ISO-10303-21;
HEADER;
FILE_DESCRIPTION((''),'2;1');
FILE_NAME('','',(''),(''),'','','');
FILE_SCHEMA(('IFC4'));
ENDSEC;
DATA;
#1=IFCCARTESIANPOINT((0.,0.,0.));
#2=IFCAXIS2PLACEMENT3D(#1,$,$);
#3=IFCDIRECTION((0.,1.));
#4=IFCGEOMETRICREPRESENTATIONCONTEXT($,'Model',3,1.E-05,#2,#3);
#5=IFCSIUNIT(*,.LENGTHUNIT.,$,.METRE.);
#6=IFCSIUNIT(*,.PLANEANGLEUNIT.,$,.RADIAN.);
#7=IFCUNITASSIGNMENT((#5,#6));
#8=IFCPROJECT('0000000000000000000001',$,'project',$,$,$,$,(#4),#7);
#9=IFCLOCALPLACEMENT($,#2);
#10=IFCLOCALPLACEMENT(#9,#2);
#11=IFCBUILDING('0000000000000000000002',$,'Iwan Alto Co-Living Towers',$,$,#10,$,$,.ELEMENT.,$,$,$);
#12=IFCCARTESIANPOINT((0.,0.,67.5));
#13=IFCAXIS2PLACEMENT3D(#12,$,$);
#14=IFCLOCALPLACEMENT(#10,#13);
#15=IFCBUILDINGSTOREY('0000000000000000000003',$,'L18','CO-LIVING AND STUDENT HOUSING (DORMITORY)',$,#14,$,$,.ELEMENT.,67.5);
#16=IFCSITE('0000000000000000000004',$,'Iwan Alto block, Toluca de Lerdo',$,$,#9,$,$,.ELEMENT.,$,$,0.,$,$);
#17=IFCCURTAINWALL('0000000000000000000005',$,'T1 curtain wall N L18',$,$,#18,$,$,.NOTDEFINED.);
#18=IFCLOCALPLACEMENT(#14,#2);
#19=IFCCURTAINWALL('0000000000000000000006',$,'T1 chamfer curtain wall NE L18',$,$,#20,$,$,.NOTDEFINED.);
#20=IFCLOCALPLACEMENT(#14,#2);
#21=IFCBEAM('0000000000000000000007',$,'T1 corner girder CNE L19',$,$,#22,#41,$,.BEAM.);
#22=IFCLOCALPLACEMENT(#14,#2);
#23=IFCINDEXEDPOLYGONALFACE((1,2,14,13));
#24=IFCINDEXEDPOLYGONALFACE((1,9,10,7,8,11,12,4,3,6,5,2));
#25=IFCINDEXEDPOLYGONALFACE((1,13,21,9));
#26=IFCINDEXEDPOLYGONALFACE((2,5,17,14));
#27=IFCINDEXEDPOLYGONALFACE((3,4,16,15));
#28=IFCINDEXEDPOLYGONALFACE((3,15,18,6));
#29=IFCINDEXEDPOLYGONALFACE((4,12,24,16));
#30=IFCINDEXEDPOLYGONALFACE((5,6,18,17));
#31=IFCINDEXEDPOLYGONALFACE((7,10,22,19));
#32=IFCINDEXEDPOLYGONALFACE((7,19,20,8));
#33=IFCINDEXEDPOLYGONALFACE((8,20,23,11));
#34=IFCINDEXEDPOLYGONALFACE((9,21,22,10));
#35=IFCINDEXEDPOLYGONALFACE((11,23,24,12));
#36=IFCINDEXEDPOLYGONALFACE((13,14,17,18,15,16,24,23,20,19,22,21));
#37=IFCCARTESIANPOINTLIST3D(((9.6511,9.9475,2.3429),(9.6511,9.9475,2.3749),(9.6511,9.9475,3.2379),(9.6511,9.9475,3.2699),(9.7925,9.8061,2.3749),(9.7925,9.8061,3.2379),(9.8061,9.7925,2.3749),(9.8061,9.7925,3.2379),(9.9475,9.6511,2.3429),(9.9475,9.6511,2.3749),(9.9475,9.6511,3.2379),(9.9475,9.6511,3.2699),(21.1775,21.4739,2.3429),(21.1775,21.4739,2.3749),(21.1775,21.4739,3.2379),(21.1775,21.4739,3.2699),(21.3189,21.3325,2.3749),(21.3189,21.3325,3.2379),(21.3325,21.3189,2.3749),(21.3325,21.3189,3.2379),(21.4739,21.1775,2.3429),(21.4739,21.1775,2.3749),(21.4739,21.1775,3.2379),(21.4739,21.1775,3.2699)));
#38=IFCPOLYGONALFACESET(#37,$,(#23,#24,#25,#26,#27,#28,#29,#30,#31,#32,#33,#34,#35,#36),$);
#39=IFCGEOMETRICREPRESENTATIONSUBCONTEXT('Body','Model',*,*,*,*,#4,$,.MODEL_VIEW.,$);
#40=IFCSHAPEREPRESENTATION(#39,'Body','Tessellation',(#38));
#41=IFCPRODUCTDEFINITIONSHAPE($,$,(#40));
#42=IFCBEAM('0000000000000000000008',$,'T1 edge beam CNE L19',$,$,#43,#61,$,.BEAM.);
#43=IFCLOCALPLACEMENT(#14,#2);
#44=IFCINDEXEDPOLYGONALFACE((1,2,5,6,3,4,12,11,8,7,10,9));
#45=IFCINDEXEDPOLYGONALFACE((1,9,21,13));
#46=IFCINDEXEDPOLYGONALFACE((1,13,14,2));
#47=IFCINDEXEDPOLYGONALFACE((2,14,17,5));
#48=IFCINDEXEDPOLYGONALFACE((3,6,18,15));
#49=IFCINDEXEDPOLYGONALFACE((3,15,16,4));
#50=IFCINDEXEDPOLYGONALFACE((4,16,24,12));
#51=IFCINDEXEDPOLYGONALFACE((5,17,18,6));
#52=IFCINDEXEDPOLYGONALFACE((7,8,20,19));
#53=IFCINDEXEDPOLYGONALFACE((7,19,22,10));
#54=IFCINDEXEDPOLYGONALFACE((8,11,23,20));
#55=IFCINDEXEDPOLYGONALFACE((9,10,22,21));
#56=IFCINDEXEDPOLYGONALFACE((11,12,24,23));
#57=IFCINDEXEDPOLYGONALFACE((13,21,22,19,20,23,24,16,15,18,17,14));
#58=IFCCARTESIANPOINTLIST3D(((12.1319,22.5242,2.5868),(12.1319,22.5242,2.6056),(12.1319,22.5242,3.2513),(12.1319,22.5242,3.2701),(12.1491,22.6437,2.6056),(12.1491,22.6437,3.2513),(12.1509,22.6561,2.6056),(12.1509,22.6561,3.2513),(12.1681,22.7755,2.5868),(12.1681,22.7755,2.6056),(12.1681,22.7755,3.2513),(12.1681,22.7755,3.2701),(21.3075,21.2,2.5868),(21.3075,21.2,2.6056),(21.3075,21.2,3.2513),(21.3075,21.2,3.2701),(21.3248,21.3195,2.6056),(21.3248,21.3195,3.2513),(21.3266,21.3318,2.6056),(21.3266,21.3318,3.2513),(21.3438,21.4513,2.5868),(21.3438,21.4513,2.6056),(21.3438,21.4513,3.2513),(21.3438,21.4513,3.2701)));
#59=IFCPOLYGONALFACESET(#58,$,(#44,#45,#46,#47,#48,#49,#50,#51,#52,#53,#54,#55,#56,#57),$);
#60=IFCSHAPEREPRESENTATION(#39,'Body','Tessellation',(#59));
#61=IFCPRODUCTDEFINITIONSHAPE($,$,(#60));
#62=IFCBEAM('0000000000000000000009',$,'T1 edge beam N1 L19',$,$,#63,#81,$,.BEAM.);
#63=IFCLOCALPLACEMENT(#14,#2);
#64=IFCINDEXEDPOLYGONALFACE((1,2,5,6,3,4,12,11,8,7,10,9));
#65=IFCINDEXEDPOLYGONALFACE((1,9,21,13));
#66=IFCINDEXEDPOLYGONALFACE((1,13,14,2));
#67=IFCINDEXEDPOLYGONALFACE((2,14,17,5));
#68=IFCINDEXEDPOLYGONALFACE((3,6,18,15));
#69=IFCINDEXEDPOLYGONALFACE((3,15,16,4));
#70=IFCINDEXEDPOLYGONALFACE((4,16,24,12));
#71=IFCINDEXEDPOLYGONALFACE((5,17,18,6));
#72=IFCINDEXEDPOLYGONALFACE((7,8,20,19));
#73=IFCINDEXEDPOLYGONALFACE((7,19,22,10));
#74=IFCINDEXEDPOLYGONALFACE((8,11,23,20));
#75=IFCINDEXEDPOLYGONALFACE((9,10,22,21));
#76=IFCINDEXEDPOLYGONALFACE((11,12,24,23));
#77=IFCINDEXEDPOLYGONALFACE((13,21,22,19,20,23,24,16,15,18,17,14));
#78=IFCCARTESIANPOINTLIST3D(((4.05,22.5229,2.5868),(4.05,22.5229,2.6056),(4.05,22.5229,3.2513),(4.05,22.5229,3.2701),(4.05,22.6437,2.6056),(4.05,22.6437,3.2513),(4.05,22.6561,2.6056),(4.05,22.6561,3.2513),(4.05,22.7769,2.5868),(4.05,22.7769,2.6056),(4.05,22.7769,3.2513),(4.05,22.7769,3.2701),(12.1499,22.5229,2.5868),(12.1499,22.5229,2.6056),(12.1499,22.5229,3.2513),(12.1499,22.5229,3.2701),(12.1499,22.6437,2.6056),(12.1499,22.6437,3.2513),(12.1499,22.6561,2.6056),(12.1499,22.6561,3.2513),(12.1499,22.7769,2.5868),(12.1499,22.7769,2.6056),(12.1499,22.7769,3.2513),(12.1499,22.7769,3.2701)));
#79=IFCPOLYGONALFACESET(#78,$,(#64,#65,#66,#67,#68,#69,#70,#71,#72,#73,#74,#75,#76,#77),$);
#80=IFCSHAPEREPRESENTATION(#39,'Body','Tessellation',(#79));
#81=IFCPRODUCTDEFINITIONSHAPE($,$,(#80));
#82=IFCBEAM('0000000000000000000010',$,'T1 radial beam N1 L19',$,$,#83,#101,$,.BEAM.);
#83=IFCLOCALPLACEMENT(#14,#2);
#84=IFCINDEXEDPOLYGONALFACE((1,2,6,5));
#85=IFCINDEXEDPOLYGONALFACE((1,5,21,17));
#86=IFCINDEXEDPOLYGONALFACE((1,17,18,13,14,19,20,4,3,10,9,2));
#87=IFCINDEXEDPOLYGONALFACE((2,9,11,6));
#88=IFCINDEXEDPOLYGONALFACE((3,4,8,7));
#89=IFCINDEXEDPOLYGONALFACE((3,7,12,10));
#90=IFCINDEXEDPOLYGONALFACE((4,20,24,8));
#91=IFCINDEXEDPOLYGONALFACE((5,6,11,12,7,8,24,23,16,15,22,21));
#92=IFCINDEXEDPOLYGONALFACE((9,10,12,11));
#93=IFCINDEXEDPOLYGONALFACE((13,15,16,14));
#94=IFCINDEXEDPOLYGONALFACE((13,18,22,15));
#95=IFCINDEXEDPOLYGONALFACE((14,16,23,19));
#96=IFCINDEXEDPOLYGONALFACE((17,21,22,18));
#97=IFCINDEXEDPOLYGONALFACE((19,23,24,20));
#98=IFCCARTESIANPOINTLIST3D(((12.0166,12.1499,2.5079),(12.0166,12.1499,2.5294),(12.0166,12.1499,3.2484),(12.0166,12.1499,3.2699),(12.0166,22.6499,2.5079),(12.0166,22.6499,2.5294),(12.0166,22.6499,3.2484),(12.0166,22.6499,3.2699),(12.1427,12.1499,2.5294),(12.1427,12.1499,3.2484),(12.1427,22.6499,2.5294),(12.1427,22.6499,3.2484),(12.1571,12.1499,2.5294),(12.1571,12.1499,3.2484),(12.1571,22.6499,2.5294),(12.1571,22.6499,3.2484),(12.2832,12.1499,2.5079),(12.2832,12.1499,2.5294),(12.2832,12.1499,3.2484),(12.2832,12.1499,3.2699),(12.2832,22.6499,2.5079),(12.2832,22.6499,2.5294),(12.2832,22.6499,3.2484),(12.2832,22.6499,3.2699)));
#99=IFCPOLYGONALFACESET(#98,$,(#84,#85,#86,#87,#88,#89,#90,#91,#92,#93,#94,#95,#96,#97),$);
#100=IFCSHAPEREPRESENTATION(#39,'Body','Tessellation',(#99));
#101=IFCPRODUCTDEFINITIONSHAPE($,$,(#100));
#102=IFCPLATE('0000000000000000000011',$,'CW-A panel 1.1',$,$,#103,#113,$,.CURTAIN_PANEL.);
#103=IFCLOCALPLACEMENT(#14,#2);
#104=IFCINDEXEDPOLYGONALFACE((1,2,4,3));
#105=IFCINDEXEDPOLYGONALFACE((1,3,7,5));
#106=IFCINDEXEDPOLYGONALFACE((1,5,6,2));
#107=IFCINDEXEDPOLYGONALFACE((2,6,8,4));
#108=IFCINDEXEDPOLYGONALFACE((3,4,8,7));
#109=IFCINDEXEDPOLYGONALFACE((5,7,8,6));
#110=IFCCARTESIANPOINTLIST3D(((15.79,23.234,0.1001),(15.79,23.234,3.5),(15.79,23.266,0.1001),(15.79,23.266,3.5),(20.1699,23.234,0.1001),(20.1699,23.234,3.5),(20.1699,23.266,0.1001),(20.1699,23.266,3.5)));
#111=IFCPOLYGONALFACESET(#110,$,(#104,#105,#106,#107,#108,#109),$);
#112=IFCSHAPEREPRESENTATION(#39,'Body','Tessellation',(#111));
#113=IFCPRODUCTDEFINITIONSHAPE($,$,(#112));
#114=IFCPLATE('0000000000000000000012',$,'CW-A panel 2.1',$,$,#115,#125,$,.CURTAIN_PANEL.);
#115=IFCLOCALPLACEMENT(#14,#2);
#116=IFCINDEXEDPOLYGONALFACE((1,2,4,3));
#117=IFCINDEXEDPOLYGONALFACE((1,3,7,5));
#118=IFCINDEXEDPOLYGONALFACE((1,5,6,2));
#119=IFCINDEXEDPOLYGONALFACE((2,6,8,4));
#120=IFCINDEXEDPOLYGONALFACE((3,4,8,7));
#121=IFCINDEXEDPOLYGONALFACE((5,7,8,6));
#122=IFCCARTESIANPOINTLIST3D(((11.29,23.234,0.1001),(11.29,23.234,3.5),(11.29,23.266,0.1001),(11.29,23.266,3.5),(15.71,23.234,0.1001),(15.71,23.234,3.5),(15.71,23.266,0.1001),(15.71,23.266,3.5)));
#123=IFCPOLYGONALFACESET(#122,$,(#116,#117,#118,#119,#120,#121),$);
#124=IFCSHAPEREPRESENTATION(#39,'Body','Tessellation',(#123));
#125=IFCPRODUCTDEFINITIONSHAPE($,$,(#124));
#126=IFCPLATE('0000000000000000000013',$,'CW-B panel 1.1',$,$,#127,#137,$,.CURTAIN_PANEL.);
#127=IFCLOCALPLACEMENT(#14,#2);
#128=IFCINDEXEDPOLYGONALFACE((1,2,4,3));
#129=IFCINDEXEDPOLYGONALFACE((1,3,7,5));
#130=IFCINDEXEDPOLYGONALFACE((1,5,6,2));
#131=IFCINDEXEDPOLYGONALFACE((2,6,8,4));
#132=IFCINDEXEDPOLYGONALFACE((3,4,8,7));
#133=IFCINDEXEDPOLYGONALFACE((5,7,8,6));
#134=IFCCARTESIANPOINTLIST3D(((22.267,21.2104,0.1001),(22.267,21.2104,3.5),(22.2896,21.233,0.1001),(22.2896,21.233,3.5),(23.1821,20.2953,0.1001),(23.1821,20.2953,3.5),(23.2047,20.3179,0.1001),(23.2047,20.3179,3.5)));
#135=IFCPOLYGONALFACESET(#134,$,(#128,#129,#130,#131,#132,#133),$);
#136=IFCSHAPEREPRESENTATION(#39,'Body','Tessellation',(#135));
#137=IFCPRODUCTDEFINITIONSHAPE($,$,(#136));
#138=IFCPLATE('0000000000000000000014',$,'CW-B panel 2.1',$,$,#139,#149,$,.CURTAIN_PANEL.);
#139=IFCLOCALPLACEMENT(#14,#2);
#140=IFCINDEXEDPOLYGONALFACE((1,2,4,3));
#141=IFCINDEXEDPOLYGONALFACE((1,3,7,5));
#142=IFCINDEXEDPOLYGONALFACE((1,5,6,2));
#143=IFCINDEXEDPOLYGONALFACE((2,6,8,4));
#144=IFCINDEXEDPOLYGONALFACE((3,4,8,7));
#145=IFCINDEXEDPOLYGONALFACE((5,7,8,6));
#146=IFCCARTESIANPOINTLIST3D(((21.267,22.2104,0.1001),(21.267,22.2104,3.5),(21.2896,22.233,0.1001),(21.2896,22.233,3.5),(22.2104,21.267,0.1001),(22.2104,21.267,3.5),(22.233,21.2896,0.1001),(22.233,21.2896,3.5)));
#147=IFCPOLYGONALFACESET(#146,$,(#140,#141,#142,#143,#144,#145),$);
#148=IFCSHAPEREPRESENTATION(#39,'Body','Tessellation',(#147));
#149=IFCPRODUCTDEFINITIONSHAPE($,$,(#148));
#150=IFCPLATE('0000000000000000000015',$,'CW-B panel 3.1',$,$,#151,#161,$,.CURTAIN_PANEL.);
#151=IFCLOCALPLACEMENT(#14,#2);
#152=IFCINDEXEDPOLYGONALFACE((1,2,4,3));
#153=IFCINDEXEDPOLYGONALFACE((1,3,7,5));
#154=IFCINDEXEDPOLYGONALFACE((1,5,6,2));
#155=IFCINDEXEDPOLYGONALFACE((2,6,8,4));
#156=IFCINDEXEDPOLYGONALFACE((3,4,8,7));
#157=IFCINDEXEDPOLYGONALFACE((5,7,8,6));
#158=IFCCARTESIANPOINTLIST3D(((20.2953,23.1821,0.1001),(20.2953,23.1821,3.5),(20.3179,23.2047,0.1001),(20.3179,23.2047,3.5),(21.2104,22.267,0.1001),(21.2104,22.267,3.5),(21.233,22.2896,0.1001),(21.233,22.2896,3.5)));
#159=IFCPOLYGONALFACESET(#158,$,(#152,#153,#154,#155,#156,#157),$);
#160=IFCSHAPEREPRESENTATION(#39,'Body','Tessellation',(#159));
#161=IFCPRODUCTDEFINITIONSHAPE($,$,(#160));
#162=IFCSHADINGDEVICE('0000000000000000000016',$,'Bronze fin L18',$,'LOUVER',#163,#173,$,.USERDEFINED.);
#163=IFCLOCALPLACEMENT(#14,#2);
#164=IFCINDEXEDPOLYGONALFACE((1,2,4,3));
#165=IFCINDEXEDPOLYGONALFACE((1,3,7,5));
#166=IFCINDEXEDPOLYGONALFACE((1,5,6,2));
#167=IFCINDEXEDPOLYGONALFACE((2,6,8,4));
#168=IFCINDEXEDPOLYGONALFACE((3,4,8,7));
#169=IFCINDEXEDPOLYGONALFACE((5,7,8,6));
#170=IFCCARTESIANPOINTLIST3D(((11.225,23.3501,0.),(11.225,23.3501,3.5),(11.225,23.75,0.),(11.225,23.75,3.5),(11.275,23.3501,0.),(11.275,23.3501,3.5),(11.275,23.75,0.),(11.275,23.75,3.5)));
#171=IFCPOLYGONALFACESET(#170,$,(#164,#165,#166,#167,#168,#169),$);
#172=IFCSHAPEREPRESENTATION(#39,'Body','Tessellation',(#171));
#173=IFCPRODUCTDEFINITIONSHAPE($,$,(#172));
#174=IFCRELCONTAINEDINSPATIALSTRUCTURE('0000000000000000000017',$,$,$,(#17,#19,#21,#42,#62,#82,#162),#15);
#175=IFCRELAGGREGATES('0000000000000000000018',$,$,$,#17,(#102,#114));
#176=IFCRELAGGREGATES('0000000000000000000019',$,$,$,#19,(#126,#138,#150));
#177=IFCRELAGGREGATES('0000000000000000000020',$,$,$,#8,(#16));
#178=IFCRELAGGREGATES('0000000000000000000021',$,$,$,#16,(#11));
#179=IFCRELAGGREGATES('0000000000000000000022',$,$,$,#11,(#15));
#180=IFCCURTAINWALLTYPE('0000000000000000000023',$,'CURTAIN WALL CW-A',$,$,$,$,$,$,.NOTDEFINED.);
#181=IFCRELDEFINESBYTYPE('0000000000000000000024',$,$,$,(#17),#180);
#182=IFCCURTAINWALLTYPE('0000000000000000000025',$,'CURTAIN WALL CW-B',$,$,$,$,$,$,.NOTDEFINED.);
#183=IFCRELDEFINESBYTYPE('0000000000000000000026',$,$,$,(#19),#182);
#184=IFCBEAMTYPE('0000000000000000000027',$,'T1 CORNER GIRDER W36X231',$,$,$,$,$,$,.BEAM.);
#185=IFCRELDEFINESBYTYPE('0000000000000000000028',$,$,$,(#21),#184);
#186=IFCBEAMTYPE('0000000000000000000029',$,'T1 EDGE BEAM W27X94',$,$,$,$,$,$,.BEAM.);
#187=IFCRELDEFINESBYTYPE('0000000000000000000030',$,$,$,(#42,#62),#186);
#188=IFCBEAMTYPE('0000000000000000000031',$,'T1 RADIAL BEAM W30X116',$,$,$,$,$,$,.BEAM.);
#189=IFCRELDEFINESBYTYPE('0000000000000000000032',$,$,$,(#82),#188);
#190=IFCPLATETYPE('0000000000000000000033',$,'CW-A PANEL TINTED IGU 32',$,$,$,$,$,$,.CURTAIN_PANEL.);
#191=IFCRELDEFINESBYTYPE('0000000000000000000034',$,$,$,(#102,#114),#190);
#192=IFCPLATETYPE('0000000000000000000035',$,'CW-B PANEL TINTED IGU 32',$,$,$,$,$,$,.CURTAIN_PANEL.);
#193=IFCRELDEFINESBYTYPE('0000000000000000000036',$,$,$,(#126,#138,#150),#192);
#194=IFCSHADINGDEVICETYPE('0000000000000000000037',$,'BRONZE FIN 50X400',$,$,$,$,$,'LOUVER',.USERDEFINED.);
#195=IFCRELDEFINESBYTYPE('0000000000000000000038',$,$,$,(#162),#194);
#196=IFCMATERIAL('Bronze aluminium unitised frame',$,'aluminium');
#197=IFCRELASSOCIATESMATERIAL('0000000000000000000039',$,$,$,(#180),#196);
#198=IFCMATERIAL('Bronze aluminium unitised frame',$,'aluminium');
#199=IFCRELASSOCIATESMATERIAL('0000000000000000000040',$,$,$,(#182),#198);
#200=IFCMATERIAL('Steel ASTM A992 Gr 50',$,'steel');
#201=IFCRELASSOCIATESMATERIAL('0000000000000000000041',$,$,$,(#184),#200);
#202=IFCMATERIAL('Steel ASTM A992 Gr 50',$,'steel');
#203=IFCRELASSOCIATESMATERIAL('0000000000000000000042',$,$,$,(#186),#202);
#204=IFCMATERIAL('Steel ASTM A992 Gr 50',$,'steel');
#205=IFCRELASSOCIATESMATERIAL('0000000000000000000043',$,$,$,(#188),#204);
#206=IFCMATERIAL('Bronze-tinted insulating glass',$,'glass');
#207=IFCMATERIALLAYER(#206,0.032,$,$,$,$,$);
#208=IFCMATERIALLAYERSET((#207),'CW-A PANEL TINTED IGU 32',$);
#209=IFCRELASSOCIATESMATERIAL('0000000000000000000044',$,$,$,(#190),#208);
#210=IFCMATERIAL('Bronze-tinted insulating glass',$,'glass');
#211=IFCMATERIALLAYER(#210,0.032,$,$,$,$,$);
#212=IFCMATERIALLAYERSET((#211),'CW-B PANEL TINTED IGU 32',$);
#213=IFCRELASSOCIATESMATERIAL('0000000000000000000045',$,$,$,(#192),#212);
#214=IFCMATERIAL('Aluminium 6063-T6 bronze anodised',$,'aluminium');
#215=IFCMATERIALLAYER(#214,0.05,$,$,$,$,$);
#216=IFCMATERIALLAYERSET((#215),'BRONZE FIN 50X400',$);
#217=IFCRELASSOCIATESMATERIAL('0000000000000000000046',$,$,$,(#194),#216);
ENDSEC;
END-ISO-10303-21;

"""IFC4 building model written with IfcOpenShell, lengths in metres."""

from ifc_helpers import new_model, si_unit, direction, frame, origin, origin_2d, place, context, subcontext, project, spatial, rectangle, i_section, extrude, material, layer, layer_set, material_profile, profile_set, type_object, element, aggregate, save


model = new_model("IFC4")

# Units and contexts
model_context = context("Model", 3, precision=1e-05, world=origin(), true_north=direction((0.0, 1.0)))
body_context = subcontext(model_context, "Body", "Model", "MODEL_VIEW")
ifc_project = project(units=[si_unit("LENGTHUNIT", "METRE"), si_unit("PLANEANGLEUNIT", "RADIAN")], contexts=[model_context])

# Site, building, storey
site_placement = place(None, origin())
site = spatial("IfcSite", under=ifc_project, at=site_placement, Name="Iwan Alto block, Toluca de Lerdo", CompositionType="ELEMENT", RefElevation=0.0)
building_placement = place(site_placement, origin())
building = spatial("IfcBuilding", under=site, at=building_placement, Name="Iwan Alto Co-Living Towers", CompositionType="ELEMENT")
storey_placement = place(building_placement, frame((0.0, 0.0, 67.5)))
storey = spatial("IfcBuildingStorey", under=building, at=storey_placement, Name="L18", Description="CO-LIVING AND STUDENT HOUSING (DORMITORY)", CompositionType="ELEMENT", Elevation=67.5)

# Curtain walls
ifc_material_1 = material(Name="Bronze aluminium unitised frame", Category="aluminium")
curtain_wall_type_1 = type_object("IfcCurtainWallType", Name="CURTAIN WALL CW-A", PredefinedType="NOTDEFINED", material=ifc_material_1)
curtain_wall_1_placement = place(storey_placement, origin())
curtain_wall_1 = element("IfcCurtainWall", 1, at=curtain_wall_1_placement, inside=storey, type_object=curtain_wall_type_1, Name="T1 curtain wall N L18", PredefinedType="NOTDEFINED")
ifc_material_2 = material(Name="Bronze aluminium unitised frame", Category="aluminium")
curtain_wall_type_2 = type_object("IfcCurtainWallType", Name="CURTAIN WALL CW-B", PredefinedType="NOTDEFINED", material=ifc_material_2)
curtain_wall_2_placement = place(storey_placement, origin())
curtain_wall_2 = element("IfcCurtainWall", 2, at=curtain_wall_2_placement, inside=storey, type_object=curtain_wall_type_2, Name="T1 chamfer curtain wall NE L18", PredefinedType="NOTDEFINED")

# Beams
ifc_material_3 = material(Name="Steel ASTM A992 Gr 50", Category="steel")
ifc_material_profile_1 = material_profile(ifc_material_3, i_section(OverallWidth=0.4192, OverallDepth=0.927, WebThickness=0.0193, FlangeThickness=0.032, at=origin_2d()), Name="W36X231")
ifc_profile_set_1 = profile_set([ifc_material_profile_1], Name="Steel ASTM A992 Gr 50")
beam_type_1 = type_object("IfcBeamType", Name="T1 CORNER GIRDER W36X231", PredefinedType="BEAM", material=ifc_profile_set_1)
beam_1_placement = place(storey_placement, frame((21.3257, 21.3257, 2.8064), z_axis=(-0.707107, -0.707107, 0.0), x_axis=(0.707107, -0.707107, 0.0)))
element("IfcBeam", 3, at=beam_1_placement, inside=storey, type_object=beam_type_1, Name="T1 corner girder CNE L19", PredefinedType="BEAM", context=body_context, shape_type="SweptSolid", body=[
    extrude(i_section(OverallWidth=0.4192, OverallDepth=0.927, WebThickness=0.0193, FlangeThickness=0.032, at=origin_2d()), origin(), (0.0, 0.0, 1.0), 16.3008),
])
ifc_material_4 = material(Name="Steel ASTM A992 Gr 50", Category="steel")
ifc_material_profile_2 = material_profile(ifc_material_4, i_section(OverallWidth=0.2539, OverallDepth=0.6833, WebThickness=0.0125, FlangeThickness=0.0188, at=origin_2d()), Name="W27X94")
ifc_profile_set_2 = profile_set([ifc_material_profile_2], Name="Steel ASTM A992 Gr 50")
beam_type_2 = type_object("IfcBeamType", Name="T1 EDGE BEAM W27X94", PredefinedType="BEAM", material=ifc_profile_set_2)
beam_2_placement = place(storey_placement, frame((21.3257, 21.3257, 2.9285), z_axis=(-0.989746, 0.142837, 0.0), x_axis=(-0.142837, -0.989746, 0.0)))
element("IfcBeam", 4, at=beam_2_placement, inside=storey, type_object=beam_type_2, Name="T1 edge beam CNE L19", PredefinedType="BEAM", context=body_context, shape_type="SweptSolid", body=[
    extrude(i_section(OverallWidth=0.2539, OverallDepth=0.6833, WebThickness=0.0125, FlangeThickness=0.0188, at=origin_2d()), origin(), (0.0, 0.0, 1.0), 9.2708),
])
beam_3_placement = place(storey_placement, frame((12.1499, 22.6499, 2.9285), z_axis=(-1.0, 0.0, 0.0), x_axis=(0.0, -1.0, 0.0)))
element("IfcBeam", 5, at=beam_3_placement, inside=storey, type_object=beam_type_2, Name="T1 edge beam N1 L19", PredefinedType="BEAM", context=body_context, shape_type="SweptSolid", body=[
    extrude(i_section(OverallWidth=0.2539, OverallDepth=0.6833, WebThickness=0.0125, FlangeThickness=0.0188, at=origin_2d()), origin(), (0.0, 0.0, 1.0), 8.0999),
])
ifc_material_5 = material(Name="Steel ASTM A992 Gr 50", Category="steel")
ifc_material_profile_3 = material_profile(ifc_material_5, i_section(OverallWidth=0.2666, OverallDepth=0.762, WebThickness=0.0144, FlangeThickness=0.0215, at=origin_2d()), Name="W30X116")
ifc_profile_set_3 = profile_set([ifc_material_profile_3], Name="Steel ASTM A992 Gr 50")
beam_type_3 = type_object("IfcBeamType", Name="T1 RADIAL BEAM W30X116", PredefinedType="BEAM", material=ifc_profile_set_3)
beam_4_placement = place(storey_placement, frame((12.1499, 22.6499, 2.8889), z_axis=(0.0, -1.0, 0.0), x_axis=(1.0, 0.0, 0.0)))
element("IfcBeam", 6, at=beam_4_placement, inside=storey, type_object=beam_type_3, Name="T1 radial beam N1 L19", PredefinedType="BEAM", context=body_context, shape_type="SweptSolid", body=[
    extrude(i_section(OverallWidth=0.2666, OverallDepth=0.762, WebThickness=0.0144, FlangeThickness=0.0215, at=origin_2d()), origin(), (0.0, 0.0, 1.0), 10.5),
])

# Plates
ifc_material_6 = material(Name="Bronze-tinted insulating glass", Category="glass")
ifc_layer_1 = layer(ifc_material_6, 0.032)
ifc_layer_set_1 = layer_set([ifc_layer_1], Name="CW-A PANEL TINTED IGU 32")
plate_type_1 = type_object("IfcPlateType", Name="CW-A PANEL TINTED IGU 32", PredefinedType="CURTAIN_PANEL", material=ifc_layer_set_1)
plate_1_placement = place(storey_placement, frame((17.98, 23.25, 0.1001), z_axis=(0.0, 0.0, 1.0), x_axis=(-1.0, 0.0, 0.0)))
plate_1 = element("IfcPlate", 7, at=plate_1_placement, type_object=plate_type_1, Name="CW-A panel 1.1", PredefinedType="CURTAIN_PANEL", context=body_context, shape_type="SweptSolid", body=[
    extrude(rectangle(XDim=4.3799, YDim=0.032, at=origin_2d()), origin(), (0.0, 0.0, 1.0), 3.3999),
])
plate_2_placement = place(storey_placement, frame((13.5, 23.25, 0.1001), z_axis=(0.0, 0.0, 1.0), x_axis=(-1.0, 0.0, 0.0)))
plate_2 = element("IfcPlate", 8, at=plate_2_placement, type_object=plate_type_1, Name="CW-A panel 2.1", PredefinedType="CURTAIN_PANEL", context=body_context, shape_type="SweptSolid", body=[
    extrude(rectangle(XDim=4.4199, YDim=0.032, at=origin_2d()), origin(), (0.0, 0.0, 1.0), 3.3999),
])
aggregate(curtain_wall_1, [plate_1, plate_2])
ifc_material_7 = material(Name="Bronze-tinted insulating glass", Category="glass")
ifc_layer_2 = layer(ifc_material_7, 0.032)
ifc_layer_set_2 = layer_set([ifc_layer_2], Name="CW-B PANEL TINTED IGU 32")
plate_type_2 = type_object("IfcPlateType", Name="CW-B PANEL TINTED IGU 32", PredefinedType="CURTAIN_PANEL", material=ifc_layer_set_2)
plate_3_placement = place(storey_placement, frame((22.7358, 20.7642, 0.1001), z_axis=(0.0, 0.0, 1.0), x_axis=(-0.707107, 0.707107, 0.0)))
plate_3 = element("IfcPlate", 9, at=plate_3_placement, type_object=plate_type_2, Name="CW-B panel 1.1", PredefinedType="CURTAIN_PANEL", context=body_context, shape_type="SweptSolid", body=[
    extrude(rectangle(XDim=1.2942, YDim=0.032, at=origin_2d()), origin(), (0.0, 0.0, 1.0), 3.3999),
])
plate_4_placement = place(storey_placement, frame((21.75, 21.75, 0.1001), z_axis=(0.0, 0.0, 1.0), x_axis=(-0.707107, 0.707107, 0.0)))
plate_4 = element("IfcPlate", 10, at=plate_4_placement, type_object=plate_type_2, Name="CW-B panel 2.1", PredefinedType="CURTAIN_PANEL", context=body_context, shape_type="SweptSolid", body=[
    extrude(rectangle(XDim=1.3342, YDim=0.032, at=origin_2d()), origin(), (0.0, 0.0, 1.0), 3.3999),
])
plate_5_placement = place(storey_placement, frame((20.7642, 22.7358, 0.1001), z_axis=(0.0, 0.0, 1.0), x_axis=(-0.707107, 0.707107, 0.0)))
plate_5 = element("IfcPlate", 11, at=plate_5_placement, type_object=plate_type_2, Name="CW-B panel 3.1", PredefinedType="CURTAIN_PANEL", context=body_context, shape_type="SweptSolid", body=[
    extrude(rectangle(XDim=1.2942, YDim=0.032, at=origin_2d()), origin(), (0.0, 0.0, 1.0), 3.3999),
])
aggregate(curtain_wall_2, [plate_3, plate_4, plate_5])

# Shading device
ifc_material_8 = material(Name="Aluminium 6063-T6 bronze anodised", Category="aluminium")
ifc_layer_3 = layer(ifc_material_8, 0.05)
ifc_layer_set_3 = layer_set([ifc_layer_3], Name="BRONZE FIN 50X400")
shading_device_type = type_object("IfcShadingDeviceType", Name="BRONZE FIN 50X400", ElementType="LOUVER", PredefinedType="USERDEFINED", material=ifc_layer_set_3)
shading_device_placement = place(storey_placement, frame((11.25, 23.55, 0.0), z_axis=(0.0, 0.0, 1.0), x_axis=(-1.0, 0.0, 0.0)))
element("IfcShadingDevice", 12, at=shading_device_placement, inside=storey, type_object=shading_device_type, Name="Bronze fin L18", ObjectType="LOUVER", PredefinedType="USERDEFINED", context=body_context, shape_type="SweptSolid", body=[
    extrude(rectangle(XDim=0.05, YDim=0.3999, at=origin_2d()), origin(), (0.0, 0.0, 1.0), 3.5),
])

save(model, "model.ifc")
